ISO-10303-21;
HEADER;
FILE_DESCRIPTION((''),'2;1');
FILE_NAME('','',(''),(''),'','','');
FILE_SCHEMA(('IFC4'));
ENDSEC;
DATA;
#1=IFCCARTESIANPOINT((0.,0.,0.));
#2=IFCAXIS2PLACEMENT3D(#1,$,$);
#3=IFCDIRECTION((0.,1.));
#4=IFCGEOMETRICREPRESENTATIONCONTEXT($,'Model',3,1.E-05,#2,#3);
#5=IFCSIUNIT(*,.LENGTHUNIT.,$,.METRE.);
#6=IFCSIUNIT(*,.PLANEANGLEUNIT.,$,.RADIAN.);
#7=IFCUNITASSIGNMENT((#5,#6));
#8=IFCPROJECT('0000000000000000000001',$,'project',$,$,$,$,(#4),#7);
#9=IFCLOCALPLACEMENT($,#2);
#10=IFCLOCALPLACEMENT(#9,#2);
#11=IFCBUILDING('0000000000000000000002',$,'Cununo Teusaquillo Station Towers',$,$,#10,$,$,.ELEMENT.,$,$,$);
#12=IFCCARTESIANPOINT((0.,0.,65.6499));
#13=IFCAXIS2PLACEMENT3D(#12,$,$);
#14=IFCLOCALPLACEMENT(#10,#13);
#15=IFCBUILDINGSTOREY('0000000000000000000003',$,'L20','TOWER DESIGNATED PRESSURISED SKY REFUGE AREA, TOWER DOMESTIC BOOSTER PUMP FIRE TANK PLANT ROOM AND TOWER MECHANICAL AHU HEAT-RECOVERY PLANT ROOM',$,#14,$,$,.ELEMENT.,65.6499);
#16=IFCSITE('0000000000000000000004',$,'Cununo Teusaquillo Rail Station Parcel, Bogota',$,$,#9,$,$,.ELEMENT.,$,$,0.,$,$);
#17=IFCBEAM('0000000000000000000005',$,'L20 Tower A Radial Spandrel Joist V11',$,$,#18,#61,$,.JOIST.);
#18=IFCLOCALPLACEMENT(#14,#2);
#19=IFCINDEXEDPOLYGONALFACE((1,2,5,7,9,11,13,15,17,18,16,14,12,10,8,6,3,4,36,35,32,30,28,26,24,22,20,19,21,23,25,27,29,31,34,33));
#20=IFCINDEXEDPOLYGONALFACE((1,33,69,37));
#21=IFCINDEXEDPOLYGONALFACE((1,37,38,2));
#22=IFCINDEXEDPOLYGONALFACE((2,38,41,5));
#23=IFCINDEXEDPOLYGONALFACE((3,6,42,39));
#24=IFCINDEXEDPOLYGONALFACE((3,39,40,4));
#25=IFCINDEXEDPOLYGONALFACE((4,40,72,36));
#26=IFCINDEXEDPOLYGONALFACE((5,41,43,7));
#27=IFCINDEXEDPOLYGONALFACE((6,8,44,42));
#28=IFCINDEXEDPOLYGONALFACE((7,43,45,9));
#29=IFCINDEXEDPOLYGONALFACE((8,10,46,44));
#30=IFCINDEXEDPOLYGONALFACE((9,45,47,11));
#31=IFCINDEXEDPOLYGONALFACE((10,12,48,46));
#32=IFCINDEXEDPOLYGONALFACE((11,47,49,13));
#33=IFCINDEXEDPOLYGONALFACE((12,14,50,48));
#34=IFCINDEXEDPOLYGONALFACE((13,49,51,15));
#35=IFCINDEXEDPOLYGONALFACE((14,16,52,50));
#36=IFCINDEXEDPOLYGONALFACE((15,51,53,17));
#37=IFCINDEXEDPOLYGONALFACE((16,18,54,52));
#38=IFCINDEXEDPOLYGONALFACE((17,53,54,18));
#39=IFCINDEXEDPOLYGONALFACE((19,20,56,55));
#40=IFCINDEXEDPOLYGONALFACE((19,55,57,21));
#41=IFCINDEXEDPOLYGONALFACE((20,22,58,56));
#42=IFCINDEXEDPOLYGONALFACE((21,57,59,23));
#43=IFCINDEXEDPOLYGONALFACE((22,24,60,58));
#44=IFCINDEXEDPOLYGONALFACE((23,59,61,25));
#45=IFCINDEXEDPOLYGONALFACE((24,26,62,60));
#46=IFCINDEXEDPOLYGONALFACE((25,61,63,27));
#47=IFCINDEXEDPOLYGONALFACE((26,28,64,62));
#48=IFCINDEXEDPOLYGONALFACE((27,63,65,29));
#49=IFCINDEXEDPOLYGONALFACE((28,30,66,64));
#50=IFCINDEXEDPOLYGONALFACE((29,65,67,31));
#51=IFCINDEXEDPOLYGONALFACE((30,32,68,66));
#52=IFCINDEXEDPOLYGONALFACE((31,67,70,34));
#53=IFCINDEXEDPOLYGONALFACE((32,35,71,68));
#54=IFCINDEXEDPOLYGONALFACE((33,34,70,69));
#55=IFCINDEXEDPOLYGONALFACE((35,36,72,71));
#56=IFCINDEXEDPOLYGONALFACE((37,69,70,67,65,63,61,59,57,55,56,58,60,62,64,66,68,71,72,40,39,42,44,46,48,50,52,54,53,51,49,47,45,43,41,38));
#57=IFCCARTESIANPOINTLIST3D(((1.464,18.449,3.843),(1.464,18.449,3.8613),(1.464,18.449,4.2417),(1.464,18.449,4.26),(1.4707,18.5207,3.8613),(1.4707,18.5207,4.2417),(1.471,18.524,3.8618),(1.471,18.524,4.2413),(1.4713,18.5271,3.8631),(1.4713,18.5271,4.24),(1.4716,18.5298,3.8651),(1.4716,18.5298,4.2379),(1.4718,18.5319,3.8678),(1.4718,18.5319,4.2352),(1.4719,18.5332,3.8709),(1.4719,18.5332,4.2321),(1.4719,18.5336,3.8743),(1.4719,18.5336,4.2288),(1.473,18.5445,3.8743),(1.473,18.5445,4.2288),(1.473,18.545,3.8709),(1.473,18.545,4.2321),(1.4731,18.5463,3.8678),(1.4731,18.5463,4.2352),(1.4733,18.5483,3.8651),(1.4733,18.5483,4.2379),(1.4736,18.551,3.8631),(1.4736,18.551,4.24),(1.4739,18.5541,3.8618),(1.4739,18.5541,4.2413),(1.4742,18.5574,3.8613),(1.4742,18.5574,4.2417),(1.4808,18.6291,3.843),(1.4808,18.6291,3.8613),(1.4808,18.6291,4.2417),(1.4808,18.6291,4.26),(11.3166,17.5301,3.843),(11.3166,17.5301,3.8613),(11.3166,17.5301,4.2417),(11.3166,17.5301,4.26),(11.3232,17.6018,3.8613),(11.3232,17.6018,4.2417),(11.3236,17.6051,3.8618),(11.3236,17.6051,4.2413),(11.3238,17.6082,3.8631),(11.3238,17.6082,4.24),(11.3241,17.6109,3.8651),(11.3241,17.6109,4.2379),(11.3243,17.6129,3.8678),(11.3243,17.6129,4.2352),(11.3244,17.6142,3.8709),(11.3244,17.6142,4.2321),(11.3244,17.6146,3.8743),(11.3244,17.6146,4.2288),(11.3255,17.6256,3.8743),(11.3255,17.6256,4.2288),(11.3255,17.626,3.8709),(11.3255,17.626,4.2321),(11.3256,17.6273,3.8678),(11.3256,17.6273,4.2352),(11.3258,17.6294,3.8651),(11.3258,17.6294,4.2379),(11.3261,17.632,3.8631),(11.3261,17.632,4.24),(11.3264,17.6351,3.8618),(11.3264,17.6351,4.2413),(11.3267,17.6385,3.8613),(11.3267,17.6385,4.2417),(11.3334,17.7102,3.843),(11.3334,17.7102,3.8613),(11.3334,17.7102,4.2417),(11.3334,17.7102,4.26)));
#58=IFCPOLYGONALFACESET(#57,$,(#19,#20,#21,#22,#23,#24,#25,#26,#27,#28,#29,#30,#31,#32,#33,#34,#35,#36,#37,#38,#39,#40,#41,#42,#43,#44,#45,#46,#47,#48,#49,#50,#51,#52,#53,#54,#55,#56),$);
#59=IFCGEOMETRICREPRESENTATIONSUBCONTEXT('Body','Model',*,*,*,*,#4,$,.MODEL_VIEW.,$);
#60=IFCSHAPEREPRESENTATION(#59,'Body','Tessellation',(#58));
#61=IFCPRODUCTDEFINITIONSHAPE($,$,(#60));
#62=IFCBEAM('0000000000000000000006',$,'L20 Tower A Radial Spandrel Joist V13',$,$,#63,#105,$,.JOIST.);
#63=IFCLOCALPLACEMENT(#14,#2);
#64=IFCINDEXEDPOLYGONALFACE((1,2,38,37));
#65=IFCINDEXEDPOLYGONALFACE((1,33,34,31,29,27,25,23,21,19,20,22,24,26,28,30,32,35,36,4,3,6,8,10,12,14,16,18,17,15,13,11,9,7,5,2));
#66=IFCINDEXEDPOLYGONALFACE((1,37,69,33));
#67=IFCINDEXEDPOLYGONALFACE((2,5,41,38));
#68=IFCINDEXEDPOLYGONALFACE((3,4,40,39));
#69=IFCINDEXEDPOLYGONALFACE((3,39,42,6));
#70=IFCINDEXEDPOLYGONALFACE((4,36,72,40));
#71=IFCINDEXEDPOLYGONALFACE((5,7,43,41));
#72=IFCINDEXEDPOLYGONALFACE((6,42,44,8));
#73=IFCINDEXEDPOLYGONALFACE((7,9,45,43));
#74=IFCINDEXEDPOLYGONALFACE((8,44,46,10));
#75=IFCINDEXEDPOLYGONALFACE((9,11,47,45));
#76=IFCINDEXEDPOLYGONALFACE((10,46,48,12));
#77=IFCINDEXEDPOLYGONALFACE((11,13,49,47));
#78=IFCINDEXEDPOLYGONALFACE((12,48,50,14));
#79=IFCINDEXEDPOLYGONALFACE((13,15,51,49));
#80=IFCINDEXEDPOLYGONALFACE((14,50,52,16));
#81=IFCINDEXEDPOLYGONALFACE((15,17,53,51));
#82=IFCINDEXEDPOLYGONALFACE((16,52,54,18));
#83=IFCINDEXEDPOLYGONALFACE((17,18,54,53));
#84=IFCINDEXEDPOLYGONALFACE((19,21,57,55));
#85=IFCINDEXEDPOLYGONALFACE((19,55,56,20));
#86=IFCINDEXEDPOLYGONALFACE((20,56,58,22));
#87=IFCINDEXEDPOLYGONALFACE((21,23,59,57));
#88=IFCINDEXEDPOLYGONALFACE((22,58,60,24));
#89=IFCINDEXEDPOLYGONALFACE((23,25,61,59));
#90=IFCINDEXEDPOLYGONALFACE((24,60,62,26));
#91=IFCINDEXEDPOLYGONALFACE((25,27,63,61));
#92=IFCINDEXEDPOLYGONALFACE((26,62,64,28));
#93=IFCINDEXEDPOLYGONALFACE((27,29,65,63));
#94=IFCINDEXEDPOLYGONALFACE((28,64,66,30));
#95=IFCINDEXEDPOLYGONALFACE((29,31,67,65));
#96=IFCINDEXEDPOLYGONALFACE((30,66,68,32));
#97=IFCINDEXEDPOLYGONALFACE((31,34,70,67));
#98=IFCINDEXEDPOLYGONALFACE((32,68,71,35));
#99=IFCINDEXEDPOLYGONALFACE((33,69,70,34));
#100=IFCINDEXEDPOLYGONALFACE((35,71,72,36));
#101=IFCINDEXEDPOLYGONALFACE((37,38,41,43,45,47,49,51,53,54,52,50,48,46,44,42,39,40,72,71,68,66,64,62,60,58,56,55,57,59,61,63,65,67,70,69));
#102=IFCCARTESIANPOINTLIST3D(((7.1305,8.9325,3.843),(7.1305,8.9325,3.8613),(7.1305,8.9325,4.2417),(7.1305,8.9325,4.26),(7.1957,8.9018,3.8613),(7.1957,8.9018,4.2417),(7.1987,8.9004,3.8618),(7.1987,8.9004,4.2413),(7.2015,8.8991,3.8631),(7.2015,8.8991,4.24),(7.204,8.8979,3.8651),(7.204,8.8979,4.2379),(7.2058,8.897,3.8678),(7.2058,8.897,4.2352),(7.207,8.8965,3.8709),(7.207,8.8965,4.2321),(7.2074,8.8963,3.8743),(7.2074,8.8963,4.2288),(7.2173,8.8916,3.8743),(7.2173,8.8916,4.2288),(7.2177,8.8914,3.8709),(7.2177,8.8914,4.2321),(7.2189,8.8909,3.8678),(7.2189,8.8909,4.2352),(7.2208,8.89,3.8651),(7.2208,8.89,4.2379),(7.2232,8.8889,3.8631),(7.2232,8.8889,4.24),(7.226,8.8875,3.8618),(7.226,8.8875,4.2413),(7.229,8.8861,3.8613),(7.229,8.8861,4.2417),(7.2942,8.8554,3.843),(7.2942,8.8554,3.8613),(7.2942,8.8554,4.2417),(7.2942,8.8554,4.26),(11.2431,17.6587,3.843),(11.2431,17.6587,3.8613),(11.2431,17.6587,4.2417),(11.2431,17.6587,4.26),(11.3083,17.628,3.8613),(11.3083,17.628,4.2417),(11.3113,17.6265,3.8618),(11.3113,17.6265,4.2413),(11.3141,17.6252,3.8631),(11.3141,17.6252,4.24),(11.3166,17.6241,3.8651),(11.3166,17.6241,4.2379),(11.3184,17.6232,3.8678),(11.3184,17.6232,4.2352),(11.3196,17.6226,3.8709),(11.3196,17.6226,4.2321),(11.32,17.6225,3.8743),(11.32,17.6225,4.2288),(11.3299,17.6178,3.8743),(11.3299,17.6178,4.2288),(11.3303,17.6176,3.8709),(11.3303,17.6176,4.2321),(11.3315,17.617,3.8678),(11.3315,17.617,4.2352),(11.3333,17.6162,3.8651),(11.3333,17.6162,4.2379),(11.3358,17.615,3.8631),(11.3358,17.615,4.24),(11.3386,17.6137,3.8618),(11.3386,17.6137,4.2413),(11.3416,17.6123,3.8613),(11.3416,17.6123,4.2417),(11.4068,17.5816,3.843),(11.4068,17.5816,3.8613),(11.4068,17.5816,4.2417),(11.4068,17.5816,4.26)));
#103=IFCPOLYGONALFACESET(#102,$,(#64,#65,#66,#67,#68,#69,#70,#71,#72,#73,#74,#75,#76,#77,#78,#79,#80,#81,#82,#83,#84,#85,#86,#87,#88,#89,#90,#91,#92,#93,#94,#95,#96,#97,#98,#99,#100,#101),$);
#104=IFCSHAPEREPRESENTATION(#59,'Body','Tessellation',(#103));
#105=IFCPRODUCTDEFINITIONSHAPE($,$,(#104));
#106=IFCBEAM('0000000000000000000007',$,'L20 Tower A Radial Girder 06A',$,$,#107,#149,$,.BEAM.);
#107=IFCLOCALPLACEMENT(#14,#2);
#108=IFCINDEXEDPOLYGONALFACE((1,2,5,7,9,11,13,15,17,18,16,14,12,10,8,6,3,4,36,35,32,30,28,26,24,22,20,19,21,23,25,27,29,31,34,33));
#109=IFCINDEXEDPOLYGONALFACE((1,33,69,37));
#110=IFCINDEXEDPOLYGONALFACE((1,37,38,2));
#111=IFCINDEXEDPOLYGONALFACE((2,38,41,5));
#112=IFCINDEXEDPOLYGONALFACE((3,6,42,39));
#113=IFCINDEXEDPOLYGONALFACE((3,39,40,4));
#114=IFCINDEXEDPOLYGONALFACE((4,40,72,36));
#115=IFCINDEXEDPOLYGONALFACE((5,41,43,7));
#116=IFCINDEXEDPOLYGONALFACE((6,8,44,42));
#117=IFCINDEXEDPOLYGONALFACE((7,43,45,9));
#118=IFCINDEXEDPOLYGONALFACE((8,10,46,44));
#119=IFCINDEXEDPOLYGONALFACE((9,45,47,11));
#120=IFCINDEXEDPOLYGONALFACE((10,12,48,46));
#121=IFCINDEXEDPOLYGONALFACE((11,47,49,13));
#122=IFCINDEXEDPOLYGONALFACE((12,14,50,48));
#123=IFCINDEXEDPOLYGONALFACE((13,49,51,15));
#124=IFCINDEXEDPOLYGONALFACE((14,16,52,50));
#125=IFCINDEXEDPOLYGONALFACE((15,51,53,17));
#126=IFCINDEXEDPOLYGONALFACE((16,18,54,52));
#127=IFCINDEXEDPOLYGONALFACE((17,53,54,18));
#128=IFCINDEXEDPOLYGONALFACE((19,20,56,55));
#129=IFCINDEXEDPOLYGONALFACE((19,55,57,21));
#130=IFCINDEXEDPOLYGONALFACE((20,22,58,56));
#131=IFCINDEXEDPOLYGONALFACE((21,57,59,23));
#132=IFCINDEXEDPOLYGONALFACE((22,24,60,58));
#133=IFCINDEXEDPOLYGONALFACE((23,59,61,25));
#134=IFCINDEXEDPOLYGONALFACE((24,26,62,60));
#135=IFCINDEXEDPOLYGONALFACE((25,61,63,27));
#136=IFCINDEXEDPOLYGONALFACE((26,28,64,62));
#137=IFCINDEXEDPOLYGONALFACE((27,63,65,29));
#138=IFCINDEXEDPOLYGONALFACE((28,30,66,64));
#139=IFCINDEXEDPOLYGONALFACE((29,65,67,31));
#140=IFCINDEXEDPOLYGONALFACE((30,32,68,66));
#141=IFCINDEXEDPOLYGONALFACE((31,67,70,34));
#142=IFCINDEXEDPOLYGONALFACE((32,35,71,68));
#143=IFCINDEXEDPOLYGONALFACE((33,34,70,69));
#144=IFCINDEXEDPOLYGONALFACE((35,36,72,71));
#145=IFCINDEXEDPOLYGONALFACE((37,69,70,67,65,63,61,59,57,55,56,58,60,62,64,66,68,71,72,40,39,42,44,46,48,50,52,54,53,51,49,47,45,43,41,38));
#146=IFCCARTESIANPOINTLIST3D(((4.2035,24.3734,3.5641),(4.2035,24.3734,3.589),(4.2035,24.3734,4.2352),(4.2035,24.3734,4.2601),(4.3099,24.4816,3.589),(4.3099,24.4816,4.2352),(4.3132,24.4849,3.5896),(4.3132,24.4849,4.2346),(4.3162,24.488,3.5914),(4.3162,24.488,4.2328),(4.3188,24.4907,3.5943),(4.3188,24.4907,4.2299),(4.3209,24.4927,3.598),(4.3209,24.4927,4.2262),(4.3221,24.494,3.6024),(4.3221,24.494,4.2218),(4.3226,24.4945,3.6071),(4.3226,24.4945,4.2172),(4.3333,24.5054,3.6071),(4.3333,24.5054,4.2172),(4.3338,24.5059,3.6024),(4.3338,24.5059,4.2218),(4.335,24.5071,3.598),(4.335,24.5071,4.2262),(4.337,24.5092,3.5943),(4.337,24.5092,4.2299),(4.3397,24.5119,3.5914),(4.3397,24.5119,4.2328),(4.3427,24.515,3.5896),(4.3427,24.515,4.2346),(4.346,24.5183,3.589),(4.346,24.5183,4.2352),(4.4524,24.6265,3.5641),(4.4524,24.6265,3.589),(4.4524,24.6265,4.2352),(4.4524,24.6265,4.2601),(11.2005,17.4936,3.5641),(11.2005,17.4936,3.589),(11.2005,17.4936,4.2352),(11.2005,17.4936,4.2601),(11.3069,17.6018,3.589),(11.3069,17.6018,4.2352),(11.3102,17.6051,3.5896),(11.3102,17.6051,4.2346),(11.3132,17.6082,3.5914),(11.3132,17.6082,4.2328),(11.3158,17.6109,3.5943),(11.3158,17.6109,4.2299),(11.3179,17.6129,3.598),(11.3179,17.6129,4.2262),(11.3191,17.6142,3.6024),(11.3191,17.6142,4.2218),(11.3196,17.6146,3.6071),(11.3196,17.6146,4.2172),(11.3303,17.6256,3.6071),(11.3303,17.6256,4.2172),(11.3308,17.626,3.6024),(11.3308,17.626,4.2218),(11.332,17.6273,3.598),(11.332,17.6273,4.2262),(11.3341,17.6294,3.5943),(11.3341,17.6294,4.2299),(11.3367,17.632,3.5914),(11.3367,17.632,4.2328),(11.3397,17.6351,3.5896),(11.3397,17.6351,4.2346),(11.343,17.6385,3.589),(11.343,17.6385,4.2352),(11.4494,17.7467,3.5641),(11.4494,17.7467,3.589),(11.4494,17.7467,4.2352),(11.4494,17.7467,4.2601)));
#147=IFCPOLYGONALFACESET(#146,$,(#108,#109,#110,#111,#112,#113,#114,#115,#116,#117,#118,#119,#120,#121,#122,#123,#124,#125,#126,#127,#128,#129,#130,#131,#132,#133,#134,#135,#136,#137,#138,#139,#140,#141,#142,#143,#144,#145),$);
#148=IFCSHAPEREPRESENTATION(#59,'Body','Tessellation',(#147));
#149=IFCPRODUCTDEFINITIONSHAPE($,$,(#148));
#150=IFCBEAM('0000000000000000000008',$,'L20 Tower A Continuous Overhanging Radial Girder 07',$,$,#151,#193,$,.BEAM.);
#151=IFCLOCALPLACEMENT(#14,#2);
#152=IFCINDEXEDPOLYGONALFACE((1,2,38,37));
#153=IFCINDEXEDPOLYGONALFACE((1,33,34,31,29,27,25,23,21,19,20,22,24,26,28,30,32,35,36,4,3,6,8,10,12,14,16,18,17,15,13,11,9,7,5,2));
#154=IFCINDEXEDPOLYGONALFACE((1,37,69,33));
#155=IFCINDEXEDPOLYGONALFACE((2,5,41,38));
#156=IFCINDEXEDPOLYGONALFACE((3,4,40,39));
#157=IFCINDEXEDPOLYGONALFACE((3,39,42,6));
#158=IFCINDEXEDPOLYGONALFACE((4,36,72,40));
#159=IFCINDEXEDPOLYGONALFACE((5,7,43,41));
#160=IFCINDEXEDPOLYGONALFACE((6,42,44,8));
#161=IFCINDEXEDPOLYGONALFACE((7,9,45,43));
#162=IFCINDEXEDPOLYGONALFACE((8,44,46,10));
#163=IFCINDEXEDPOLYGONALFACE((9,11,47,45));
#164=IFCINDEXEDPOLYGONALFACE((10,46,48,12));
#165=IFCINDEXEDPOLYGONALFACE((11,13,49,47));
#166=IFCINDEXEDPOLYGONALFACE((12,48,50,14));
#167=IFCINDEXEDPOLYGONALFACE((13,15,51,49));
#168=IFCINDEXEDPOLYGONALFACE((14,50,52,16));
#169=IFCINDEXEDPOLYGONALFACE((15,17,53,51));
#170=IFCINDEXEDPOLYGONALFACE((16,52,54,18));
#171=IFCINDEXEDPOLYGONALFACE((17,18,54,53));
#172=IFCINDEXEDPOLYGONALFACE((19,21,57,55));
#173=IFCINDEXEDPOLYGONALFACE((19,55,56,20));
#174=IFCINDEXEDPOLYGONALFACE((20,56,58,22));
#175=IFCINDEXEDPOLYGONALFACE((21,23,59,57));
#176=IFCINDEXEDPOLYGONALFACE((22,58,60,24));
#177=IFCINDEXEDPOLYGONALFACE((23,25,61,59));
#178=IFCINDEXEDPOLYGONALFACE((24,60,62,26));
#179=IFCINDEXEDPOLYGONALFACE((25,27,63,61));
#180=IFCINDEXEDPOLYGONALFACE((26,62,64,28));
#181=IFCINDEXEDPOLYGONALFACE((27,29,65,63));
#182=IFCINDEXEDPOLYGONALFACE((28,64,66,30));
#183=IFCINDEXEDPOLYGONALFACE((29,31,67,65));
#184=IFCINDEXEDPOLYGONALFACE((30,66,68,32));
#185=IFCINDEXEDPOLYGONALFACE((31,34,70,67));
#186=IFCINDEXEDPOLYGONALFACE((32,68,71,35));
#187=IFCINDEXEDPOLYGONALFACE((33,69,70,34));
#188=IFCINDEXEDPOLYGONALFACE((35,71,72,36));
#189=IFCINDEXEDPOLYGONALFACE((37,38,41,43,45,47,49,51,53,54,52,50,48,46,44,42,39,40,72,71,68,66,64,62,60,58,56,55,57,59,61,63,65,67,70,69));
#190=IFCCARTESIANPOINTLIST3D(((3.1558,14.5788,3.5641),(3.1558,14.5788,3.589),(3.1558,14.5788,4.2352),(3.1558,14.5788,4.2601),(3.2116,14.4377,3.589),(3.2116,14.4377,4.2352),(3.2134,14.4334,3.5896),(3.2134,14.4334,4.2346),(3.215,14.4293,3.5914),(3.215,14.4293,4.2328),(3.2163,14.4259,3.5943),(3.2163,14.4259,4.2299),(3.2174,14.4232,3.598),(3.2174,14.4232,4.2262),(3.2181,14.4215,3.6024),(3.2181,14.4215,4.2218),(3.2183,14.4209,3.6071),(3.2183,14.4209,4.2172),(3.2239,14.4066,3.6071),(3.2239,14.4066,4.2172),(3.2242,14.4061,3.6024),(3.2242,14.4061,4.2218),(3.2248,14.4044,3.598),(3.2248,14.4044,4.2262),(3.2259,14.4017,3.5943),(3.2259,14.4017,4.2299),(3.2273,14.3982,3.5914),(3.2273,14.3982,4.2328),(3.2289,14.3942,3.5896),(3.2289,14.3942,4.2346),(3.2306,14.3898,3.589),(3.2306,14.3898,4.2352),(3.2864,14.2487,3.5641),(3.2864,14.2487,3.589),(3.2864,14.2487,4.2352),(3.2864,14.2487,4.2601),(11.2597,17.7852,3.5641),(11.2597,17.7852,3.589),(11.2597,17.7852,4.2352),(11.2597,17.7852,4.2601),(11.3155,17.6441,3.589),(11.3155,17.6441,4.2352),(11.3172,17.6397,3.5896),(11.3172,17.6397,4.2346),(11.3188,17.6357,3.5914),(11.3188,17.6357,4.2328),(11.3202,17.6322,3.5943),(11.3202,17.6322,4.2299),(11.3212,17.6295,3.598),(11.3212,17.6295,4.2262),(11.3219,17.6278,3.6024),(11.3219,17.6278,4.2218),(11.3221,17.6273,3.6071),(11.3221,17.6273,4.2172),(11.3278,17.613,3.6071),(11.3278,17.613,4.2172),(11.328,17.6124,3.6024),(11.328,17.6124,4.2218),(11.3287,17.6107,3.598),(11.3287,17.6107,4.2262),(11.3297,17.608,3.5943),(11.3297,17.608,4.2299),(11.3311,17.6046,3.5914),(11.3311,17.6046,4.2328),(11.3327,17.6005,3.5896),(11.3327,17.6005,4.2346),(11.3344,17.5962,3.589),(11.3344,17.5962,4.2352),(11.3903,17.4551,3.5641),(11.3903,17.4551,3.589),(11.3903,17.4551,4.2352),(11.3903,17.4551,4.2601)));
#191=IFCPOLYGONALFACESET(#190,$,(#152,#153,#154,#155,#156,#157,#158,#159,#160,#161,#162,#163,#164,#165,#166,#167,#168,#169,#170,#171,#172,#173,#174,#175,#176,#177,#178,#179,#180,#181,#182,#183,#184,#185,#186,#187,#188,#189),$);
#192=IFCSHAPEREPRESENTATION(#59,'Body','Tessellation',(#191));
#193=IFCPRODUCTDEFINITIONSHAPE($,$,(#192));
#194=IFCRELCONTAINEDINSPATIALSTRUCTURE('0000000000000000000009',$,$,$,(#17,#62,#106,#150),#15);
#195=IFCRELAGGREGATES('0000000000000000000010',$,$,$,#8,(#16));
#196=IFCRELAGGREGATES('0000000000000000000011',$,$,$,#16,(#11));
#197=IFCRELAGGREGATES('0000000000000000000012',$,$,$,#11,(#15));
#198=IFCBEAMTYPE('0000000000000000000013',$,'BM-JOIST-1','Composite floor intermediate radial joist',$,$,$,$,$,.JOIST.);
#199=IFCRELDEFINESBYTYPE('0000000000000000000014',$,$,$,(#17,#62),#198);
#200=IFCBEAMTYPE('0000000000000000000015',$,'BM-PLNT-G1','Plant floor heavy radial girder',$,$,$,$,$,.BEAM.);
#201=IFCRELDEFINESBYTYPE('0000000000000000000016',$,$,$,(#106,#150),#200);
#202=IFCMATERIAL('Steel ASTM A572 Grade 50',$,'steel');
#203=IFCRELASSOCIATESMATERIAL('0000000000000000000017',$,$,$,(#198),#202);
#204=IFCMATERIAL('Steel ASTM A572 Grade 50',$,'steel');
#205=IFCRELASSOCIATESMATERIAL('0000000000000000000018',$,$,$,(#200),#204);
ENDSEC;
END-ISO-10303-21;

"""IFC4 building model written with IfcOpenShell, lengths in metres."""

from ifc_helpers import new_model, si_unit, direction, frame, origin, origin_2d, place, context, subcontext, project, spatial, i_section, extrude, material, material_profile, profile_set, type_object, element, save


model = new_model("IFC4")

# Units and contexts
model_context = context("Model", 3, precision=1e-05, world=origin(), true_north=direction((0.0, 1.0)))
body_context = subcontext(model_context, "Body", "Model", "MODEL_VIEW")
ifc_project = project(units=[si_unit("LENGTHUNIT", "METRE"), si_unit("PLANEANGLEUNIT", "RADIAN")], contexts=[model_context])

# Site, building, storey
site_placement = place(None, origin())
site = spatial("IfcSite", under=ifc_project, at=site_placement, Name="Cununo Teusaquillo Rail Station Parcel, Bogota", CompositionType="ELEMENT", RefElevation=0.0)
building_placement = place(site_placement, origin())
building = spatial("IfcBuilding", under=site, at=building_placement, Name="Cununo Teusaquillo Station Towers", CompositionType="ELEMENT")
storey_placement = place(building_placement, frame((0.0, 0.0, 65.6499)))
storey = spatial("IfcBuildingStorey", under=building, at=storey_placement, Name="L20", Description="TOWER DESIGNATED PRESSURISED SKY REFUGE AREA, TOWER DOMESTIC BOOSTER PUMP FIRE TANK PLANT ROOM AND TOWER MECHANICAL AHU HEAT-RECOVERY PLANT ROOM", CompositionType="ELEMENT", Elevation=65.6499)

# Beams
ifc_material_1 = material(Name="Steel ASTM A572 Grade 50", Category="steel")
ifc_material_profile_1 = material_profile(ifc_material_1, i_section(OverallWidth=0.1809, OverallDepth=0.417, WebThickness=0.011, FlangeThickness=0.0183, FilletRadius=0.0129, at=origin_2d()), Name="W16X57")
ifc_profile_set_1 = profile_set([ifc_material_profile_1], Name="Steel ASTM A572 Grade 50")
beam_type_1 = type_object("IfcBeamType", Name="BM-JOIST-1", Description="Composite floor intermediate radial joist", PredefinedType="JOIST", material=ifc_profile_set_1)
beam_1_placement = place(storey_placement, frame((11.325, 17.6201, 4.0515), z_axis=(-0.995679, 0.092867, 0.0), x_axis=(-0.092867, -0.995679, 0.0)))
element("IfcBeam", 1, at=beam_1_placement, inside=storey, type_object=beam_type_1, Name="L20 Tower A Radial Spandrel Joist V11", PredefinedType="JOIST", context=body_context, shape_type="SweptSolid", body=[
    extrude(i_section(OverallWidth=0.1809, OverallDepth=0.417, WebThickness=0.011, FlangeThickness=0.0183, FilletRadius=0.0129, at=origin_2d()), origin(), (0.0, 0.0, 1.0), 9.8953),
])
beam_2_placement = place(storey_placement, frame((11.325, 17.6201, 4.0515), z_axis=(-0.42632, -0.904572, 0.0), x_axis=(0.904572, -0.42632, 0.0)))
element("IfcBeam", 2, at=beam_2_placement, inside=storey, type_object=beam_type_1, Name="L20 Tower A Radial Spandrel Joist V13", PredefinedType="JOIST", context=body_context, shape_type="SweptSolid", body=[
    extrude(i_section(OverallWidth=0.1809, OverallDepth=0.417, WebThickness=0.011, FlangeThickness=0.0183, FilletRadius=0.0129, at=origin_2d()), origin(), (0.0, 0.0, 1.0), 9.6467),
])
ifc_material_2 = material(Name="Steel ASTM A572 Grade 50", Category="steel")
ifc_material_profile_2 = material_profile(ifc_material_2, i_section(OverallWidth=0.355, OverallDepth=0.696, WebThickness=0.0154, FlangeThickness=0.0249, FilletRadius=0.0181, at=origin_2d()), Name="W27X146")
ifc_profile_set_2 = profile_set([ifc_material_profile_2], Name="Steel ASTM A572 Grade 50")
beam_type_2 = type_object("IfcBeamType", Name="BM-PLNT-G1", Description="Plant floor heavy radial girder", PredefinedType="BEAM", material=ifc_profile_set_2)
beam_3_placement = place(storey_placement, frame((11.325, 17.6201, 3.9121), z_axis=(-0.713053, 0.70111, 0.0), x_axis=(-0.70111, -0.713053, 0.0)))
element("IfcBeam", 3, at=beam_3_placement, inside=storey, type_object=beam_type_2, Name="L20 Tower A Radial Girder 06A", PredefinedType="BEAM", context=body_context, shape_type="SweptSolid", body=[
    extrude(i_section(OverallWidth=0.355, OverallDepth=0.696, WebThickness=0.0154, FlangeThickness=0.0249, FilletRadius=0.0181, at=origin_2d()), origin(), (0.0, 0.0, 1.0), 9.8127),
])
beam_4_placement = place(storey_placement, frame((11.325, 17.6201, 3.9121), z_axis=(-0.929863, -0.367906, 0.0), x_axis=(0.367906, -0.929863, 0.0)))
element("IfcBeam", 4, at=beam_4_placement, inside=storey, type_object=beam_type_2, Name="L20 Tower A Continuous Overhanging Radial Girder 07", PredefinedType="BEAM", context=body_context, shape_type="SweptSolid", body=[
    extrude(i_section(OverallWidth=0.355, OverallDepth=0.696, WebThickness=0.0154, FlangeThickness=0.0249, FilletRadius=0.0181, at=origin_2d()), origin(), (0.0, 0.0, 1.0), 8.7151),
])

save(model, "model.ifc")
